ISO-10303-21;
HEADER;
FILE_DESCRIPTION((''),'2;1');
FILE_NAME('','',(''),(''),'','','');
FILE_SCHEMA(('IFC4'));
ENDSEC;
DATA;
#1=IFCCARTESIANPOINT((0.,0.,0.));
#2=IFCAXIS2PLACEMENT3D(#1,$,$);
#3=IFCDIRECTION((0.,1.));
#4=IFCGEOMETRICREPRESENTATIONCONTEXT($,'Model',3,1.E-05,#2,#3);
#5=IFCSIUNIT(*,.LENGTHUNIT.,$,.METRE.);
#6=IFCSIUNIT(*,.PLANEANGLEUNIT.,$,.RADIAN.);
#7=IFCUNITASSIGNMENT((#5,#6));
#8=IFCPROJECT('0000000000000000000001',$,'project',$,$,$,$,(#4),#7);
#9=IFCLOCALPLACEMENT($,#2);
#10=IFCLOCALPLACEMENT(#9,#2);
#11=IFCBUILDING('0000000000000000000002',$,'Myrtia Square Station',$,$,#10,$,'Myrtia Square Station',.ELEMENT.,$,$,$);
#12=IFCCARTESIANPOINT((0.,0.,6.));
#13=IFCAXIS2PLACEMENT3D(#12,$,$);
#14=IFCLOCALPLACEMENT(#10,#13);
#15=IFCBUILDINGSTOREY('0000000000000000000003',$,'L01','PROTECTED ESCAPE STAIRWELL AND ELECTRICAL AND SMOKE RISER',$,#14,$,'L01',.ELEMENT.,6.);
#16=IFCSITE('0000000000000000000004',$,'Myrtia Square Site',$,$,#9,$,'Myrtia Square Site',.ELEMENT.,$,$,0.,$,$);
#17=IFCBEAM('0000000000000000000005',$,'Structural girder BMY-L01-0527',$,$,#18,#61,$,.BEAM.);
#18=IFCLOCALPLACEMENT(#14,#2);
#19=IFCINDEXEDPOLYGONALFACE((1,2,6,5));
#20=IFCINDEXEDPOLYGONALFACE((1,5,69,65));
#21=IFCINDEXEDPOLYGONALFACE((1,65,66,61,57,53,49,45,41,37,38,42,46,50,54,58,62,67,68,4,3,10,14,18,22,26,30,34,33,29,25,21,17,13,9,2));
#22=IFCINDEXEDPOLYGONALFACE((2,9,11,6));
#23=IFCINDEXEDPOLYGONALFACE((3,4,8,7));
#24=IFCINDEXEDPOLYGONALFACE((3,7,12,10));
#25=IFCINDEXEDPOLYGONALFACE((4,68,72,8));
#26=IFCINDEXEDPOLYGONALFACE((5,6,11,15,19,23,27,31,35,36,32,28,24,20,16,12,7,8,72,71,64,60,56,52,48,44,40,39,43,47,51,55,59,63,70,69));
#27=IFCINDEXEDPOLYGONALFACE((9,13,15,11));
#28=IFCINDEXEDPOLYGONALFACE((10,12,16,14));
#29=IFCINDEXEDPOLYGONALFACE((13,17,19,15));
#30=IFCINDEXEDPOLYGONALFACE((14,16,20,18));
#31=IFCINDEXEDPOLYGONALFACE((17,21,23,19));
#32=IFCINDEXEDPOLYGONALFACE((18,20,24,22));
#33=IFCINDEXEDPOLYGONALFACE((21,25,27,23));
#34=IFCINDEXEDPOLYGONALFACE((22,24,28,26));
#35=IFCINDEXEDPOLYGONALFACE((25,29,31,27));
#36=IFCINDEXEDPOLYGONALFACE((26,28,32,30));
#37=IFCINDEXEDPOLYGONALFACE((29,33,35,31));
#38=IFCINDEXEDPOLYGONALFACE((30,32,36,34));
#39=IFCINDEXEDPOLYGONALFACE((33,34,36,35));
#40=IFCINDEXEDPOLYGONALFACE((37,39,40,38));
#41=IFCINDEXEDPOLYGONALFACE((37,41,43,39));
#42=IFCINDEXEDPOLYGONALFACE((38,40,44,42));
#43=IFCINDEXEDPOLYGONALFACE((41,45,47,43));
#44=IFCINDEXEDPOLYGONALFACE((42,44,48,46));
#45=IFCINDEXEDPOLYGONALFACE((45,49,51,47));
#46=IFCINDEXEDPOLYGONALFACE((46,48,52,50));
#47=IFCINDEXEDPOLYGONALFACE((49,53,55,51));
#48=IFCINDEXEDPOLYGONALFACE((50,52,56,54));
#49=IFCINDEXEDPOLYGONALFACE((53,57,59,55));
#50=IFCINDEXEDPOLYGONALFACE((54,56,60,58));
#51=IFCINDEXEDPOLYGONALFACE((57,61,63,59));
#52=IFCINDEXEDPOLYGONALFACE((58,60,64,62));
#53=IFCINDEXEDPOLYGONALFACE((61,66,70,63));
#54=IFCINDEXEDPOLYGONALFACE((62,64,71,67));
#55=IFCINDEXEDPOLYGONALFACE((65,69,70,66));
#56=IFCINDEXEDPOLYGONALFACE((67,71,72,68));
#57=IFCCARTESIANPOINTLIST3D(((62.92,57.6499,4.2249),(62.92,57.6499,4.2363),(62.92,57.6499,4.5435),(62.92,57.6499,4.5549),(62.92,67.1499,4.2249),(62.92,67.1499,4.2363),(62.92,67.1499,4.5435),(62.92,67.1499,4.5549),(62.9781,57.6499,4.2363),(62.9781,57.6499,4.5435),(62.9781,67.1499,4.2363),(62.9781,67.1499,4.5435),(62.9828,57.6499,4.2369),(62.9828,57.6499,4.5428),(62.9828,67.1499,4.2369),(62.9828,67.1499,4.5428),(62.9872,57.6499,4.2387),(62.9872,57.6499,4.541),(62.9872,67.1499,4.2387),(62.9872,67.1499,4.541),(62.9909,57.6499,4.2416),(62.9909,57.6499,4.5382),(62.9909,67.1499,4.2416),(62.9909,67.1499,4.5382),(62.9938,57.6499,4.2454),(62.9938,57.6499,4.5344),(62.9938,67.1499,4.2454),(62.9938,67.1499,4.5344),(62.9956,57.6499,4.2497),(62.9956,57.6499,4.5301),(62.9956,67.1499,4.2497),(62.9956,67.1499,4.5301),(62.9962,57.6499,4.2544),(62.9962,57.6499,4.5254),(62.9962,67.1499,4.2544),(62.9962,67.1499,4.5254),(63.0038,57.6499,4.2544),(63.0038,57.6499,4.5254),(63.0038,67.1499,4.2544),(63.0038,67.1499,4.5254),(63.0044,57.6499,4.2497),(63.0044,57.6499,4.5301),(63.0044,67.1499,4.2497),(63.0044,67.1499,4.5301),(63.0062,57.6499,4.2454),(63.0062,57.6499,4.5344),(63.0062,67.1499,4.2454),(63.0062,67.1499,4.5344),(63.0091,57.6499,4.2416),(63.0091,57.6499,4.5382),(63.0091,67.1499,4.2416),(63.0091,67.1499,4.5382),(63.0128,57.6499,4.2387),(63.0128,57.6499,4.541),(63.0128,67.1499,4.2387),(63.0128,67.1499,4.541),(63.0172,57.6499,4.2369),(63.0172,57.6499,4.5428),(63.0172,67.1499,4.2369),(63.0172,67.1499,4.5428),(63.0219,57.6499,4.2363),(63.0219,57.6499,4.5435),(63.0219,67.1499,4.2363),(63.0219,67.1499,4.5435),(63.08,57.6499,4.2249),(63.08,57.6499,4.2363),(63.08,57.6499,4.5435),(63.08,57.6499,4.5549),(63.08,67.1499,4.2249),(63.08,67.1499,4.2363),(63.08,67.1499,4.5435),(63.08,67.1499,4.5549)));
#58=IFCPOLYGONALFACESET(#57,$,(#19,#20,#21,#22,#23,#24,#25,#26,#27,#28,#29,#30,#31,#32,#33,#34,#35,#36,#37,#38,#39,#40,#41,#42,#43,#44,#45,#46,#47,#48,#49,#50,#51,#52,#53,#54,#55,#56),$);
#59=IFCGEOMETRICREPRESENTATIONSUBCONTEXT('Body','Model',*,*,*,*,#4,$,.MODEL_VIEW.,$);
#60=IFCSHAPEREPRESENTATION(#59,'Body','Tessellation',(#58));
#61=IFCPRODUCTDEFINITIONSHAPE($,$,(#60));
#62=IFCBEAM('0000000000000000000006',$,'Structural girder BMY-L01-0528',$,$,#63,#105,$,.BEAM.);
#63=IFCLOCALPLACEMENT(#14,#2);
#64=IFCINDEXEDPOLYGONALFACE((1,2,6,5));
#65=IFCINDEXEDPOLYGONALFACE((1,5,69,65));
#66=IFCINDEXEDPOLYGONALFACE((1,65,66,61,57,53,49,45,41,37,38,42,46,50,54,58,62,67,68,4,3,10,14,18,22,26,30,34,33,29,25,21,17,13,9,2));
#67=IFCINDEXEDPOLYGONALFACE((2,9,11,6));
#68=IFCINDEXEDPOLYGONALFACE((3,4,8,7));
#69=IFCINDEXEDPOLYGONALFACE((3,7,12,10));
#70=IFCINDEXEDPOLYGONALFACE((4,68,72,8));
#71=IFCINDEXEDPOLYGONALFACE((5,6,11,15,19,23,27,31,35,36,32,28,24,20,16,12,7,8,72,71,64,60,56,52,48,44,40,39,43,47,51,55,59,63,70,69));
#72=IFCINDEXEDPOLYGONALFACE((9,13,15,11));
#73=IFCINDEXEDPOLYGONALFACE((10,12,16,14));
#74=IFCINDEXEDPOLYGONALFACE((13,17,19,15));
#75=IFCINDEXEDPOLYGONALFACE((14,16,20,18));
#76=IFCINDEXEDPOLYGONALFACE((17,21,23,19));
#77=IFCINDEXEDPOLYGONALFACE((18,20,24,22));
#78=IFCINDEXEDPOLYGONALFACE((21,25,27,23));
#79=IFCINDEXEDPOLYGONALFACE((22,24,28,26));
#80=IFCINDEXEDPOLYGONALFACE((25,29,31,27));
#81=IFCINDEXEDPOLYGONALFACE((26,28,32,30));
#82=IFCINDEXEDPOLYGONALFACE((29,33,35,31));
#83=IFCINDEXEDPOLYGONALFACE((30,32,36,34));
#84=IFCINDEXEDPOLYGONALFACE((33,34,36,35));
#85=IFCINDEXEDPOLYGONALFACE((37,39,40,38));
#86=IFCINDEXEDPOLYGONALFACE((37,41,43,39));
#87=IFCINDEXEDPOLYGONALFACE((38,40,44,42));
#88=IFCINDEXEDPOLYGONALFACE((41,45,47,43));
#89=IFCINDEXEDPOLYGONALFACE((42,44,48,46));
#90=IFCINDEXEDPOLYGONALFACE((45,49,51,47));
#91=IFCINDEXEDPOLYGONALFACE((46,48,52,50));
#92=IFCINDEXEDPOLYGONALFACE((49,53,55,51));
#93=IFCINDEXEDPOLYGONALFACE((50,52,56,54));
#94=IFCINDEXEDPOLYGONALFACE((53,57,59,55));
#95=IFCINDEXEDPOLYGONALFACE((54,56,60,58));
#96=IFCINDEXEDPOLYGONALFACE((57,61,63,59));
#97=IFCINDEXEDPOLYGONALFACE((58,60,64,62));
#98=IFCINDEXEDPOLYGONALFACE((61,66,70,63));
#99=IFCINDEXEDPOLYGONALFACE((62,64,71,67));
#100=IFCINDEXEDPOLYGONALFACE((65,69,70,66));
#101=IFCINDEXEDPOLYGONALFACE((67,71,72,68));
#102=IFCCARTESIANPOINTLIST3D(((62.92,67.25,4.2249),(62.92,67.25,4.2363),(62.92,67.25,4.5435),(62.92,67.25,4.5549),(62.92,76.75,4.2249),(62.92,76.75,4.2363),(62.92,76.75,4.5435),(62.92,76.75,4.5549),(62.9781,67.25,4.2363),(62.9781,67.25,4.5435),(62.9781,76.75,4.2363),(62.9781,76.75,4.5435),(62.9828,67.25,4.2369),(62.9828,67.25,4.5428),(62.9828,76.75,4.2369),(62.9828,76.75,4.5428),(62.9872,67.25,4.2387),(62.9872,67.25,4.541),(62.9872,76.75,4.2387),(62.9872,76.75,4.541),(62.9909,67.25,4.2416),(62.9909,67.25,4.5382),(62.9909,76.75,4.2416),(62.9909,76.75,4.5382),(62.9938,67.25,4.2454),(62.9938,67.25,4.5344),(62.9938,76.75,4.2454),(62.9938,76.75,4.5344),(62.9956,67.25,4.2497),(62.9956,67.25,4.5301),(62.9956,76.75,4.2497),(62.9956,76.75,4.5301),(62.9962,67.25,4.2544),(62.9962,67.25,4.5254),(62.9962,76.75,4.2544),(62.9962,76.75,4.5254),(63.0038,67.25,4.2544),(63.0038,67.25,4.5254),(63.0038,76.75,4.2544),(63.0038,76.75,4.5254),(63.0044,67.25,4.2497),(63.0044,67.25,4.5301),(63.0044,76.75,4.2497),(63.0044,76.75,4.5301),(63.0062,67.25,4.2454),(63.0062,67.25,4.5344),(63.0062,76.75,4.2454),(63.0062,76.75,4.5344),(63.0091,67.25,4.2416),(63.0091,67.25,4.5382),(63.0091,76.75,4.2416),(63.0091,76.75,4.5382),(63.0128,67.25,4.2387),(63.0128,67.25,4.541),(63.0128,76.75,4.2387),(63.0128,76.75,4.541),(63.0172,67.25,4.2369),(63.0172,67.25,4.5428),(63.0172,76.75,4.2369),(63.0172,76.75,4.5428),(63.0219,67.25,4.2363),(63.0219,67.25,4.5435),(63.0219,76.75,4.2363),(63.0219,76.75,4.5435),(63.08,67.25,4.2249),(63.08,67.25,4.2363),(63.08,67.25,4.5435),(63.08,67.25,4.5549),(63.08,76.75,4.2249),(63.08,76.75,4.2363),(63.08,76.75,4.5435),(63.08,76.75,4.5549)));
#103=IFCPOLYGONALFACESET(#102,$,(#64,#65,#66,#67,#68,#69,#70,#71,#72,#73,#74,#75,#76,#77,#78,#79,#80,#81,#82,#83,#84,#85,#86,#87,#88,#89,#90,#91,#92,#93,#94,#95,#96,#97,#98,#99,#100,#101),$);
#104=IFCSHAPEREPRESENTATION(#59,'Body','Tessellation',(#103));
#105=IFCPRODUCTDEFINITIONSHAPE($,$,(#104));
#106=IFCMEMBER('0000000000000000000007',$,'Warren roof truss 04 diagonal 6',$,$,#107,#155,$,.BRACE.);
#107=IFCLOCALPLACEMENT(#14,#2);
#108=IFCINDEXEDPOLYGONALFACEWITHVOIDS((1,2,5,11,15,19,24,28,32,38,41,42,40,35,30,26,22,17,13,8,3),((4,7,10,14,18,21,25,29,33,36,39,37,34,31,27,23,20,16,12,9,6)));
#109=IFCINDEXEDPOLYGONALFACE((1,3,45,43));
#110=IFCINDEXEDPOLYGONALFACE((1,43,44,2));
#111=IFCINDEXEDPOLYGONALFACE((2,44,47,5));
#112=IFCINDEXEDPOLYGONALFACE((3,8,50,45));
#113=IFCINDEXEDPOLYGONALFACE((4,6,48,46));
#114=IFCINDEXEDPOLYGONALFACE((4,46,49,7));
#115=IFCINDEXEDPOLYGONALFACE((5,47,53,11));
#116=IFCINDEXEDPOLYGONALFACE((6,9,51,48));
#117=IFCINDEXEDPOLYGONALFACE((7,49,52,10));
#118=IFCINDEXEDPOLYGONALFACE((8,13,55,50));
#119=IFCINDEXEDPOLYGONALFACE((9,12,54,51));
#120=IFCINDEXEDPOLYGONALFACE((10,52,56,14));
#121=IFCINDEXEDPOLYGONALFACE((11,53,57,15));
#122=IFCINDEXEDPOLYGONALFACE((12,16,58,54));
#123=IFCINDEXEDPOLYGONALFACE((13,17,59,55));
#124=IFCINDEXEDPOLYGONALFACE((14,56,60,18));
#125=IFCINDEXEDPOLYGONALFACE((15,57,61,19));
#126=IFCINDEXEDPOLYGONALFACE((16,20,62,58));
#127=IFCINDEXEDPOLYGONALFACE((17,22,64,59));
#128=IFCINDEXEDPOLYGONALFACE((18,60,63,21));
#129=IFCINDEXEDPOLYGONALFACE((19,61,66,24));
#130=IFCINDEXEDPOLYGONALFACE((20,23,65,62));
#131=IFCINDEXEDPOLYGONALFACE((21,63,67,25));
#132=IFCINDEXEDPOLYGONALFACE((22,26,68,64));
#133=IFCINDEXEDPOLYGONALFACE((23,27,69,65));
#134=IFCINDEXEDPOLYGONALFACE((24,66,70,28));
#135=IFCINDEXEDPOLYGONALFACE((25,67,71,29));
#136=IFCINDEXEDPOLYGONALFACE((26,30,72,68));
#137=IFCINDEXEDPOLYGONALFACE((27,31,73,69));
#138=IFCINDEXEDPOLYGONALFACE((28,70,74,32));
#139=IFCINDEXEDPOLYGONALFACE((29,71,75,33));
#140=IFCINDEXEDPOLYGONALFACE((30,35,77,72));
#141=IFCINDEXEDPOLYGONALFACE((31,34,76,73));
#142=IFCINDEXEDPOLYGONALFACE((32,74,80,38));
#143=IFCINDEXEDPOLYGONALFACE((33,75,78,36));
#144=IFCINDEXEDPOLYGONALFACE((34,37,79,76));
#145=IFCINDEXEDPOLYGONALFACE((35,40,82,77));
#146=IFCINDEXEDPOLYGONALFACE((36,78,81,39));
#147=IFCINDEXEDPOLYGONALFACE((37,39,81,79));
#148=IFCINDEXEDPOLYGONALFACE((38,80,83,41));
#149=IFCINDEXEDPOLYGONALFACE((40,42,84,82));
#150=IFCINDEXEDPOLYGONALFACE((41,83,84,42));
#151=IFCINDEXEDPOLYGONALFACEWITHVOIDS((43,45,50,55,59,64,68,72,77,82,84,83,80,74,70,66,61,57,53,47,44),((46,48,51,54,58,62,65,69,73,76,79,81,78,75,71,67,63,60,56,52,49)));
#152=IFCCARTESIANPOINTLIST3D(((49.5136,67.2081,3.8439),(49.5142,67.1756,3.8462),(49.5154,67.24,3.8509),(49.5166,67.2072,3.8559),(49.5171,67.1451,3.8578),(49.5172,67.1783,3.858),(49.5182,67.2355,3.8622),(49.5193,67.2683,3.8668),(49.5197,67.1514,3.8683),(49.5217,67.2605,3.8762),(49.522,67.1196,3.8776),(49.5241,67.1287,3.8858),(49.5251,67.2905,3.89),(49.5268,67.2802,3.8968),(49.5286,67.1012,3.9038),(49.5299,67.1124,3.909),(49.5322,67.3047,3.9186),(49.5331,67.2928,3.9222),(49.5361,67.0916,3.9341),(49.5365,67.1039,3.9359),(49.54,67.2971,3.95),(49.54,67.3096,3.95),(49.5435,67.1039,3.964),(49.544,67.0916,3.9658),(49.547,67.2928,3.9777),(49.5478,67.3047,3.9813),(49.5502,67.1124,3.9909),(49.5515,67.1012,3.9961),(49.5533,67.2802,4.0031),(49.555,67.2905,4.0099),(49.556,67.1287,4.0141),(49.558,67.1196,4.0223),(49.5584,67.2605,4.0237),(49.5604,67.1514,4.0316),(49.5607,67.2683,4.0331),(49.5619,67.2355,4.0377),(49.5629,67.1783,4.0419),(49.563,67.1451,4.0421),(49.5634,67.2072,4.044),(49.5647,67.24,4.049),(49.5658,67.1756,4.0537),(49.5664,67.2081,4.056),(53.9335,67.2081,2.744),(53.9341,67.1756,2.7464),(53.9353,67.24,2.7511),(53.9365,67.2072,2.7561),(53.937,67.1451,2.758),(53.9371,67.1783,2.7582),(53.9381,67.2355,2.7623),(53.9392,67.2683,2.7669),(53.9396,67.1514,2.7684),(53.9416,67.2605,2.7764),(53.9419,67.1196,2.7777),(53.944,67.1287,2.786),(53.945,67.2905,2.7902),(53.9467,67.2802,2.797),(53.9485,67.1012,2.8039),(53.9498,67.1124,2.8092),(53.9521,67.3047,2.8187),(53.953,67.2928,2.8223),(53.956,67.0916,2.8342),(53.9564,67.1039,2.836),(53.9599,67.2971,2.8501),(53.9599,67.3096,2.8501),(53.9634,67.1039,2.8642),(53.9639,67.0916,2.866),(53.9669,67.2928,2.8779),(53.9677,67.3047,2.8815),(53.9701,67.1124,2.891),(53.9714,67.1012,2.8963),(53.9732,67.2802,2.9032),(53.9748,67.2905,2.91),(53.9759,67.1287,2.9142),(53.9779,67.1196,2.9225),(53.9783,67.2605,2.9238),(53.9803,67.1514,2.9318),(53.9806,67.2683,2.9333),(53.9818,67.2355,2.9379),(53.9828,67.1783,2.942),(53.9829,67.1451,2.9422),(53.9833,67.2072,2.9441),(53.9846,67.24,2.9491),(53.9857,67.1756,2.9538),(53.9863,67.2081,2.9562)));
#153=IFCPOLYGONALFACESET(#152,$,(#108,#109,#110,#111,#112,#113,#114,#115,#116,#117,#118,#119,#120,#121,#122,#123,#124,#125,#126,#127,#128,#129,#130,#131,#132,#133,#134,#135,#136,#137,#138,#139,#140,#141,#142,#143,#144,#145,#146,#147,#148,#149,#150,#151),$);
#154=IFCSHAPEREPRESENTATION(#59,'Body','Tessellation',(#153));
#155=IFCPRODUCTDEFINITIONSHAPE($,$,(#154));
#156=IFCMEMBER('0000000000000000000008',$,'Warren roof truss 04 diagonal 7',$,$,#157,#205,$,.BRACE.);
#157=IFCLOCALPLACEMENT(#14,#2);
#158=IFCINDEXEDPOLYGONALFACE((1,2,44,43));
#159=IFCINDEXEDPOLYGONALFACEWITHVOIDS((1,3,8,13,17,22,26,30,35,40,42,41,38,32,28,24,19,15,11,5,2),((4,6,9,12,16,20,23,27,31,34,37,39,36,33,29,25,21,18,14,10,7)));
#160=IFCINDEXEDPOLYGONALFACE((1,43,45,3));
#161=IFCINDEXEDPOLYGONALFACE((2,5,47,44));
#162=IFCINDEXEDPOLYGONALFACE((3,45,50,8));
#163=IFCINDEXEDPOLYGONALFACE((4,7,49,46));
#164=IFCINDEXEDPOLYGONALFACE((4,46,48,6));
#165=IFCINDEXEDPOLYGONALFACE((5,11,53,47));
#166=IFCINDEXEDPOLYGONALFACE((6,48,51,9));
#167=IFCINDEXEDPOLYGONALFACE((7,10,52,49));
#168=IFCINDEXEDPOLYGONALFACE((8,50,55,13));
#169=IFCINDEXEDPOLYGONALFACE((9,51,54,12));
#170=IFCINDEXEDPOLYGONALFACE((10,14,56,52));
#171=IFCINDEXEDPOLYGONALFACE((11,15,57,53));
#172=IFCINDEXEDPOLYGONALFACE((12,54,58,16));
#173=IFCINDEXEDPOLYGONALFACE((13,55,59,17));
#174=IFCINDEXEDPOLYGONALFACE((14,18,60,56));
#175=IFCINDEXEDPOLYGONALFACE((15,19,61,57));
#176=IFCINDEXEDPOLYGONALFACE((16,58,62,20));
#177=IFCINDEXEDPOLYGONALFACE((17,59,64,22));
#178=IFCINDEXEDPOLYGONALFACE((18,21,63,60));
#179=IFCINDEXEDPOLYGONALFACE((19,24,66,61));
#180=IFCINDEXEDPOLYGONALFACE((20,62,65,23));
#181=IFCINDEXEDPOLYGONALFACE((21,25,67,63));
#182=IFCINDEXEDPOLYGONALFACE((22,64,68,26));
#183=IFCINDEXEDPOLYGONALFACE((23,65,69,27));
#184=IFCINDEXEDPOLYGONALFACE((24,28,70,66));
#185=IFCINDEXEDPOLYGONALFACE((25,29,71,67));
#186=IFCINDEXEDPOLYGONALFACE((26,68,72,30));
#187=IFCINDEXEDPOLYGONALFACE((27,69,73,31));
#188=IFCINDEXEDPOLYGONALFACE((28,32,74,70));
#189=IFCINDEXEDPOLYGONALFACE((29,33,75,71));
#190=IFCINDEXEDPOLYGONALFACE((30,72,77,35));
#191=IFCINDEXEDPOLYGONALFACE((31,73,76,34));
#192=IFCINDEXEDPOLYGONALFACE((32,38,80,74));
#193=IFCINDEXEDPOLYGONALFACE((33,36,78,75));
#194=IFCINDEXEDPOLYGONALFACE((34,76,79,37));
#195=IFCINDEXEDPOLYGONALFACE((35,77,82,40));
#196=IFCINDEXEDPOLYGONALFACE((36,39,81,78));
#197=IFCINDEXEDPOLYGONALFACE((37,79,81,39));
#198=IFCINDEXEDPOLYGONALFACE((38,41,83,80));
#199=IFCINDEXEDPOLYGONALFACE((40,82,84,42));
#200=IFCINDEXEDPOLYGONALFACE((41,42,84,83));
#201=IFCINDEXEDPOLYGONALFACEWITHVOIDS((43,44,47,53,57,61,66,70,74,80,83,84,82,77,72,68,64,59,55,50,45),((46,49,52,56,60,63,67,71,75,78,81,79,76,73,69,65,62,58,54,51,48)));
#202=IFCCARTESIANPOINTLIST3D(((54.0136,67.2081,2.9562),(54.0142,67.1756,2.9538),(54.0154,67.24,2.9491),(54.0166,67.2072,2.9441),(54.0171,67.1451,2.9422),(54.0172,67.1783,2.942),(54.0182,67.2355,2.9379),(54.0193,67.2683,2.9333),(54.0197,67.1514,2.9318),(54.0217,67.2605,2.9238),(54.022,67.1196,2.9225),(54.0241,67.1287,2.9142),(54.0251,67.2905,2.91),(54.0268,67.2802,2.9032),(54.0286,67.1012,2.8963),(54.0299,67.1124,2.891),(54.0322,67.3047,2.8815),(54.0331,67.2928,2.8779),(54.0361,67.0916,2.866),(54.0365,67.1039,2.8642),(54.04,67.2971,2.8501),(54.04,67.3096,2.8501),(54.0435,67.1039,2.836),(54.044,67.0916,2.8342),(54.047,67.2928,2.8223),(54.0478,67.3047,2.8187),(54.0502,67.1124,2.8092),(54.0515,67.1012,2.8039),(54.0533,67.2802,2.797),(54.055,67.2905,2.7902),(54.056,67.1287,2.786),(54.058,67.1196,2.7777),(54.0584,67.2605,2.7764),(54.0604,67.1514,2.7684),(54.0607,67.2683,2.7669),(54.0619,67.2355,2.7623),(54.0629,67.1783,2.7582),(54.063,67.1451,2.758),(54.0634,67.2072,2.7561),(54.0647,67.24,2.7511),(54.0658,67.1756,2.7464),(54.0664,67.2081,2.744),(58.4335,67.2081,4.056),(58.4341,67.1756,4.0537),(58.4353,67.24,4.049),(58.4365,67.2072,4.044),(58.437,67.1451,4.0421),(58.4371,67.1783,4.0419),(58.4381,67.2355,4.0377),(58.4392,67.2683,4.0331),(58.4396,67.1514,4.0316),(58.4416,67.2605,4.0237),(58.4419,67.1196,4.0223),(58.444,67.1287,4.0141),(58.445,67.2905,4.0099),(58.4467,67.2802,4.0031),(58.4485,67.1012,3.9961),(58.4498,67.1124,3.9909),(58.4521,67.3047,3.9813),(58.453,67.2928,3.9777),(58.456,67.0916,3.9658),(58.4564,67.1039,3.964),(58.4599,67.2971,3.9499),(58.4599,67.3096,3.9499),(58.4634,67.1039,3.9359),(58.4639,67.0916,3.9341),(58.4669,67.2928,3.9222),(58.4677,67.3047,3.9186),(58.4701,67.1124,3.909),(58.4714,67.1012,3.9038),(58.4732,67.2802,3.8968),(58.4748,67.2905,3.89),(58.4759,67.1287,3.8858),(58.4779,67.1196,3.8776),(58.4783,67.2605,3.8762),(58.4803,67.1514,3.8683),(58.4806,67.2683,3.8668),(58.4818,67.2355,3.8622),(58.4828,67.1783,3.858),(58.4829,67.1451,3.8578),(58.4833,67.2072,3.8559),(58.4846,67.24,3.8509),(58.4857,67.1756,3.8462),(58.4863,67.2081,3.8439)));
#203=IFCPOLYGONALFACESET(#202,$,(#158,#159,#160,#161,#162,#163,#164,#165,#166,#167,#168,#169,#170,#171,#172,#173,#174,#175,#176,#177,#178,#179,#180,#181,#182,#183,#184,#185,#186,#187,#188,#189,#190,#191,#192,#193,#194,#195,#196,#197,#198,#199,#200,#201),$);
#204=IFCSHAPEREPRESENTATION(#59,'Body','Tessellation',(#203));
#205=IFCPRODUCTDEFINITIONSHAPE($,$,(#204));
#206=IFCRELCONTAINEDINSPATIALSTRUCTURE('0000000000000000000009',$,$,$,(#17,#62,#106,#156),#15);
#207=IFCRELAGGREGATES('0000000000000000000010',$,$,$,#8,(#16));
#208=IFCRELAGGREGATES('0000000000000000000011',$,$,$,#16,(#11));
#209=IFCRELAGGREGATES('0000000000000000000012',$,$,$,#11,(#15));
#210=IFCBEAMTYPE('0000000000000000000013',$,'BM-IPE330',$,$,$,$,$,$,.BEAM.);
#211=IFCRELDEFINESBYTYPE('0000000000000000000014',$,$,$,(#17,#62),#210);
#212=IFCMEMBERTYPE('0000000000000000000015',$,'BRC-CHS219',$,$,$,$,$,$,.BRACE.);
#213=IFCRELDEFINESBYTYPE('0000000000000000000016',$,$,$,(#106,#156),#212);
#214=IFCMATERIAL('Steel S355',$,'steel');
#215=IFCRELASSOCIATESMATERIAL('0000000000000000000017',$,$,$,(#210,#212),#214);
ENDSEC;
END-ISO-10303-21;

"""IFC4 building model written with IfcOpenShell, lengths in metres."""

from ifc_helpers import new_model, si_unit, direction, frame, origin, origin_2d, place, context, subcontext, project, spatial, hollow_circle, i_section, extrude, material, material_profile, profile_set, type_object, element, save


model = new_model("IFC4")

# Units and contexts
model_context = context("Model", 3, precision=1e-05, world=origin(), true_north=direction((0.0, 1.0)))
body_context = subcontext(model_context, "Body", "Model", "MODEL_VIEW")
ifc_project = project(units=[si_unit("LENGTHUNIT", "METRE"), si_unit("PLANEANGLEUNIT", "RADIAN")], contexts=[model_context])

# Site, building, storey
site_placement = place(None, origin())
site = spatial("IfcSite", under=ifc_project, at=site_placement, Name="Myrtia Square Site", LongName="Myrtia Square Site", CompositionType="ELEMENT", RefElevation=0.0)
building_placement = place(site_placement, origin())
building = spatial("IfcBuilding", under=site, at=building_placement, Name="Myrtia Square Station", LongName="Myrtia Square Station", CompositionType="ELEMENT")
storey_placement = place(building_placement, frame((0.0, 0.0, 6.0)))
storey = spatial("IfcBuildingStorey", under=building, at=storey_placement, Name="L01", Description="PROTECTED ESCAPE STAIRWELL AND ELECTRICAL AND SMOKE RISER", LongName="L01", CompositionType="ELEMENT", Elevation=6.0)

# Shared definitions
ifc_material_1 = material(Name="Steel S355", Category="steel")

# Beams
ifc_material_profile_1 = material_profile(ifc_material_1, i_section(OverallWidth=0.1599, OverallDepth=0.3301, WebThickness=0.0076, FlangeThickness=0.0115, FilletRadius=0.0181, at=origin_2d()), Name="IPE 330")
ifc_profile_set_1 = profile_set([ifc_material_profile_1], Name="Steel S355")
beam_type_1 = type_object("IfcBeamType", Name="BM-IPE330", PredefinedType="BEAM", material=ifc_profile_set_1)
for number, where, z_axis, x_axis, name in (
    (1, (63.0, 57.6499, 4.3899), (0.0, 1.0, 0.0), (-1.0, 0.0, 0.0), "Structural girder BMY-L01-0527"),
    (2, (63.0, 67.25, 4.3899), (0.0, 1.0, 0.0), (-1.0, 0.0, 0.0), "Structural girder BMY-L01-0528"),
):
    element("IfcBeam", number, at=place(storey_placement, frame(where, z_axis=z_axis, x_axis=x_axis)), inside=storey, type_object=beam_type_1, Name=name, PredefinedType="BEAM", context=body_context, shape_type="SweptSolid", body=[
        extrude(i_section(OverallWidth=0.1599, OverallDepth=0.3301, WebThickness=0.0076, FlangeThickness=0.0115, FilletRadius=0.0181, at=origin_2d()), origin(), (0.0, 0.0, 1.0), 9.5),
    ])

# Members
ifc_material_profile_2 = material_profile(ifc_material_1, hollow_circle(Radius=0.1096, WallThickness=0.0125, at=origin_2d()), Name="CHS 219.1x12.5")
ifc_profile_set_2 = profile_set([ifc_material_profile_2], Name="Steel S355")
member_type_1 = type_object("IfcMemberType", Name="BRC-CHS219", PredefinedType="BRACE", material=ifc_profile_set_2)
for number, where, z_axis, x_axis, name in (
    (3, (49.54, 67.2, 3.95), (0.970407, 0.0, -0.241476), (0.0, 1.0, 0.0), "Warren roof truss 04 diagonal 6"),
    (4, (54.04, 67.2, 2.8501), (0.970407, 0.0, 0.241476), (0.0, 1.0, 0.0), "Warren roof truss 04 diagonal 7"),
):
    element("IfcMember", number, at=place(storey_placement, frame(where, z_axis=z_axis, x_axis=x_axis)), inside=storey, type_object=member_type_1, Name=name, PredefinedType="BRACE", context=body_context, shape_type="SweptSolid", body=[
        extrude(hollow_circle(Radius=0.1096, WallThickness=0.0125, at=origin_2d()), origin(), (0.0, 0.0, 1.0), 4.5547),
    ])

save(model, "model.ifc")
